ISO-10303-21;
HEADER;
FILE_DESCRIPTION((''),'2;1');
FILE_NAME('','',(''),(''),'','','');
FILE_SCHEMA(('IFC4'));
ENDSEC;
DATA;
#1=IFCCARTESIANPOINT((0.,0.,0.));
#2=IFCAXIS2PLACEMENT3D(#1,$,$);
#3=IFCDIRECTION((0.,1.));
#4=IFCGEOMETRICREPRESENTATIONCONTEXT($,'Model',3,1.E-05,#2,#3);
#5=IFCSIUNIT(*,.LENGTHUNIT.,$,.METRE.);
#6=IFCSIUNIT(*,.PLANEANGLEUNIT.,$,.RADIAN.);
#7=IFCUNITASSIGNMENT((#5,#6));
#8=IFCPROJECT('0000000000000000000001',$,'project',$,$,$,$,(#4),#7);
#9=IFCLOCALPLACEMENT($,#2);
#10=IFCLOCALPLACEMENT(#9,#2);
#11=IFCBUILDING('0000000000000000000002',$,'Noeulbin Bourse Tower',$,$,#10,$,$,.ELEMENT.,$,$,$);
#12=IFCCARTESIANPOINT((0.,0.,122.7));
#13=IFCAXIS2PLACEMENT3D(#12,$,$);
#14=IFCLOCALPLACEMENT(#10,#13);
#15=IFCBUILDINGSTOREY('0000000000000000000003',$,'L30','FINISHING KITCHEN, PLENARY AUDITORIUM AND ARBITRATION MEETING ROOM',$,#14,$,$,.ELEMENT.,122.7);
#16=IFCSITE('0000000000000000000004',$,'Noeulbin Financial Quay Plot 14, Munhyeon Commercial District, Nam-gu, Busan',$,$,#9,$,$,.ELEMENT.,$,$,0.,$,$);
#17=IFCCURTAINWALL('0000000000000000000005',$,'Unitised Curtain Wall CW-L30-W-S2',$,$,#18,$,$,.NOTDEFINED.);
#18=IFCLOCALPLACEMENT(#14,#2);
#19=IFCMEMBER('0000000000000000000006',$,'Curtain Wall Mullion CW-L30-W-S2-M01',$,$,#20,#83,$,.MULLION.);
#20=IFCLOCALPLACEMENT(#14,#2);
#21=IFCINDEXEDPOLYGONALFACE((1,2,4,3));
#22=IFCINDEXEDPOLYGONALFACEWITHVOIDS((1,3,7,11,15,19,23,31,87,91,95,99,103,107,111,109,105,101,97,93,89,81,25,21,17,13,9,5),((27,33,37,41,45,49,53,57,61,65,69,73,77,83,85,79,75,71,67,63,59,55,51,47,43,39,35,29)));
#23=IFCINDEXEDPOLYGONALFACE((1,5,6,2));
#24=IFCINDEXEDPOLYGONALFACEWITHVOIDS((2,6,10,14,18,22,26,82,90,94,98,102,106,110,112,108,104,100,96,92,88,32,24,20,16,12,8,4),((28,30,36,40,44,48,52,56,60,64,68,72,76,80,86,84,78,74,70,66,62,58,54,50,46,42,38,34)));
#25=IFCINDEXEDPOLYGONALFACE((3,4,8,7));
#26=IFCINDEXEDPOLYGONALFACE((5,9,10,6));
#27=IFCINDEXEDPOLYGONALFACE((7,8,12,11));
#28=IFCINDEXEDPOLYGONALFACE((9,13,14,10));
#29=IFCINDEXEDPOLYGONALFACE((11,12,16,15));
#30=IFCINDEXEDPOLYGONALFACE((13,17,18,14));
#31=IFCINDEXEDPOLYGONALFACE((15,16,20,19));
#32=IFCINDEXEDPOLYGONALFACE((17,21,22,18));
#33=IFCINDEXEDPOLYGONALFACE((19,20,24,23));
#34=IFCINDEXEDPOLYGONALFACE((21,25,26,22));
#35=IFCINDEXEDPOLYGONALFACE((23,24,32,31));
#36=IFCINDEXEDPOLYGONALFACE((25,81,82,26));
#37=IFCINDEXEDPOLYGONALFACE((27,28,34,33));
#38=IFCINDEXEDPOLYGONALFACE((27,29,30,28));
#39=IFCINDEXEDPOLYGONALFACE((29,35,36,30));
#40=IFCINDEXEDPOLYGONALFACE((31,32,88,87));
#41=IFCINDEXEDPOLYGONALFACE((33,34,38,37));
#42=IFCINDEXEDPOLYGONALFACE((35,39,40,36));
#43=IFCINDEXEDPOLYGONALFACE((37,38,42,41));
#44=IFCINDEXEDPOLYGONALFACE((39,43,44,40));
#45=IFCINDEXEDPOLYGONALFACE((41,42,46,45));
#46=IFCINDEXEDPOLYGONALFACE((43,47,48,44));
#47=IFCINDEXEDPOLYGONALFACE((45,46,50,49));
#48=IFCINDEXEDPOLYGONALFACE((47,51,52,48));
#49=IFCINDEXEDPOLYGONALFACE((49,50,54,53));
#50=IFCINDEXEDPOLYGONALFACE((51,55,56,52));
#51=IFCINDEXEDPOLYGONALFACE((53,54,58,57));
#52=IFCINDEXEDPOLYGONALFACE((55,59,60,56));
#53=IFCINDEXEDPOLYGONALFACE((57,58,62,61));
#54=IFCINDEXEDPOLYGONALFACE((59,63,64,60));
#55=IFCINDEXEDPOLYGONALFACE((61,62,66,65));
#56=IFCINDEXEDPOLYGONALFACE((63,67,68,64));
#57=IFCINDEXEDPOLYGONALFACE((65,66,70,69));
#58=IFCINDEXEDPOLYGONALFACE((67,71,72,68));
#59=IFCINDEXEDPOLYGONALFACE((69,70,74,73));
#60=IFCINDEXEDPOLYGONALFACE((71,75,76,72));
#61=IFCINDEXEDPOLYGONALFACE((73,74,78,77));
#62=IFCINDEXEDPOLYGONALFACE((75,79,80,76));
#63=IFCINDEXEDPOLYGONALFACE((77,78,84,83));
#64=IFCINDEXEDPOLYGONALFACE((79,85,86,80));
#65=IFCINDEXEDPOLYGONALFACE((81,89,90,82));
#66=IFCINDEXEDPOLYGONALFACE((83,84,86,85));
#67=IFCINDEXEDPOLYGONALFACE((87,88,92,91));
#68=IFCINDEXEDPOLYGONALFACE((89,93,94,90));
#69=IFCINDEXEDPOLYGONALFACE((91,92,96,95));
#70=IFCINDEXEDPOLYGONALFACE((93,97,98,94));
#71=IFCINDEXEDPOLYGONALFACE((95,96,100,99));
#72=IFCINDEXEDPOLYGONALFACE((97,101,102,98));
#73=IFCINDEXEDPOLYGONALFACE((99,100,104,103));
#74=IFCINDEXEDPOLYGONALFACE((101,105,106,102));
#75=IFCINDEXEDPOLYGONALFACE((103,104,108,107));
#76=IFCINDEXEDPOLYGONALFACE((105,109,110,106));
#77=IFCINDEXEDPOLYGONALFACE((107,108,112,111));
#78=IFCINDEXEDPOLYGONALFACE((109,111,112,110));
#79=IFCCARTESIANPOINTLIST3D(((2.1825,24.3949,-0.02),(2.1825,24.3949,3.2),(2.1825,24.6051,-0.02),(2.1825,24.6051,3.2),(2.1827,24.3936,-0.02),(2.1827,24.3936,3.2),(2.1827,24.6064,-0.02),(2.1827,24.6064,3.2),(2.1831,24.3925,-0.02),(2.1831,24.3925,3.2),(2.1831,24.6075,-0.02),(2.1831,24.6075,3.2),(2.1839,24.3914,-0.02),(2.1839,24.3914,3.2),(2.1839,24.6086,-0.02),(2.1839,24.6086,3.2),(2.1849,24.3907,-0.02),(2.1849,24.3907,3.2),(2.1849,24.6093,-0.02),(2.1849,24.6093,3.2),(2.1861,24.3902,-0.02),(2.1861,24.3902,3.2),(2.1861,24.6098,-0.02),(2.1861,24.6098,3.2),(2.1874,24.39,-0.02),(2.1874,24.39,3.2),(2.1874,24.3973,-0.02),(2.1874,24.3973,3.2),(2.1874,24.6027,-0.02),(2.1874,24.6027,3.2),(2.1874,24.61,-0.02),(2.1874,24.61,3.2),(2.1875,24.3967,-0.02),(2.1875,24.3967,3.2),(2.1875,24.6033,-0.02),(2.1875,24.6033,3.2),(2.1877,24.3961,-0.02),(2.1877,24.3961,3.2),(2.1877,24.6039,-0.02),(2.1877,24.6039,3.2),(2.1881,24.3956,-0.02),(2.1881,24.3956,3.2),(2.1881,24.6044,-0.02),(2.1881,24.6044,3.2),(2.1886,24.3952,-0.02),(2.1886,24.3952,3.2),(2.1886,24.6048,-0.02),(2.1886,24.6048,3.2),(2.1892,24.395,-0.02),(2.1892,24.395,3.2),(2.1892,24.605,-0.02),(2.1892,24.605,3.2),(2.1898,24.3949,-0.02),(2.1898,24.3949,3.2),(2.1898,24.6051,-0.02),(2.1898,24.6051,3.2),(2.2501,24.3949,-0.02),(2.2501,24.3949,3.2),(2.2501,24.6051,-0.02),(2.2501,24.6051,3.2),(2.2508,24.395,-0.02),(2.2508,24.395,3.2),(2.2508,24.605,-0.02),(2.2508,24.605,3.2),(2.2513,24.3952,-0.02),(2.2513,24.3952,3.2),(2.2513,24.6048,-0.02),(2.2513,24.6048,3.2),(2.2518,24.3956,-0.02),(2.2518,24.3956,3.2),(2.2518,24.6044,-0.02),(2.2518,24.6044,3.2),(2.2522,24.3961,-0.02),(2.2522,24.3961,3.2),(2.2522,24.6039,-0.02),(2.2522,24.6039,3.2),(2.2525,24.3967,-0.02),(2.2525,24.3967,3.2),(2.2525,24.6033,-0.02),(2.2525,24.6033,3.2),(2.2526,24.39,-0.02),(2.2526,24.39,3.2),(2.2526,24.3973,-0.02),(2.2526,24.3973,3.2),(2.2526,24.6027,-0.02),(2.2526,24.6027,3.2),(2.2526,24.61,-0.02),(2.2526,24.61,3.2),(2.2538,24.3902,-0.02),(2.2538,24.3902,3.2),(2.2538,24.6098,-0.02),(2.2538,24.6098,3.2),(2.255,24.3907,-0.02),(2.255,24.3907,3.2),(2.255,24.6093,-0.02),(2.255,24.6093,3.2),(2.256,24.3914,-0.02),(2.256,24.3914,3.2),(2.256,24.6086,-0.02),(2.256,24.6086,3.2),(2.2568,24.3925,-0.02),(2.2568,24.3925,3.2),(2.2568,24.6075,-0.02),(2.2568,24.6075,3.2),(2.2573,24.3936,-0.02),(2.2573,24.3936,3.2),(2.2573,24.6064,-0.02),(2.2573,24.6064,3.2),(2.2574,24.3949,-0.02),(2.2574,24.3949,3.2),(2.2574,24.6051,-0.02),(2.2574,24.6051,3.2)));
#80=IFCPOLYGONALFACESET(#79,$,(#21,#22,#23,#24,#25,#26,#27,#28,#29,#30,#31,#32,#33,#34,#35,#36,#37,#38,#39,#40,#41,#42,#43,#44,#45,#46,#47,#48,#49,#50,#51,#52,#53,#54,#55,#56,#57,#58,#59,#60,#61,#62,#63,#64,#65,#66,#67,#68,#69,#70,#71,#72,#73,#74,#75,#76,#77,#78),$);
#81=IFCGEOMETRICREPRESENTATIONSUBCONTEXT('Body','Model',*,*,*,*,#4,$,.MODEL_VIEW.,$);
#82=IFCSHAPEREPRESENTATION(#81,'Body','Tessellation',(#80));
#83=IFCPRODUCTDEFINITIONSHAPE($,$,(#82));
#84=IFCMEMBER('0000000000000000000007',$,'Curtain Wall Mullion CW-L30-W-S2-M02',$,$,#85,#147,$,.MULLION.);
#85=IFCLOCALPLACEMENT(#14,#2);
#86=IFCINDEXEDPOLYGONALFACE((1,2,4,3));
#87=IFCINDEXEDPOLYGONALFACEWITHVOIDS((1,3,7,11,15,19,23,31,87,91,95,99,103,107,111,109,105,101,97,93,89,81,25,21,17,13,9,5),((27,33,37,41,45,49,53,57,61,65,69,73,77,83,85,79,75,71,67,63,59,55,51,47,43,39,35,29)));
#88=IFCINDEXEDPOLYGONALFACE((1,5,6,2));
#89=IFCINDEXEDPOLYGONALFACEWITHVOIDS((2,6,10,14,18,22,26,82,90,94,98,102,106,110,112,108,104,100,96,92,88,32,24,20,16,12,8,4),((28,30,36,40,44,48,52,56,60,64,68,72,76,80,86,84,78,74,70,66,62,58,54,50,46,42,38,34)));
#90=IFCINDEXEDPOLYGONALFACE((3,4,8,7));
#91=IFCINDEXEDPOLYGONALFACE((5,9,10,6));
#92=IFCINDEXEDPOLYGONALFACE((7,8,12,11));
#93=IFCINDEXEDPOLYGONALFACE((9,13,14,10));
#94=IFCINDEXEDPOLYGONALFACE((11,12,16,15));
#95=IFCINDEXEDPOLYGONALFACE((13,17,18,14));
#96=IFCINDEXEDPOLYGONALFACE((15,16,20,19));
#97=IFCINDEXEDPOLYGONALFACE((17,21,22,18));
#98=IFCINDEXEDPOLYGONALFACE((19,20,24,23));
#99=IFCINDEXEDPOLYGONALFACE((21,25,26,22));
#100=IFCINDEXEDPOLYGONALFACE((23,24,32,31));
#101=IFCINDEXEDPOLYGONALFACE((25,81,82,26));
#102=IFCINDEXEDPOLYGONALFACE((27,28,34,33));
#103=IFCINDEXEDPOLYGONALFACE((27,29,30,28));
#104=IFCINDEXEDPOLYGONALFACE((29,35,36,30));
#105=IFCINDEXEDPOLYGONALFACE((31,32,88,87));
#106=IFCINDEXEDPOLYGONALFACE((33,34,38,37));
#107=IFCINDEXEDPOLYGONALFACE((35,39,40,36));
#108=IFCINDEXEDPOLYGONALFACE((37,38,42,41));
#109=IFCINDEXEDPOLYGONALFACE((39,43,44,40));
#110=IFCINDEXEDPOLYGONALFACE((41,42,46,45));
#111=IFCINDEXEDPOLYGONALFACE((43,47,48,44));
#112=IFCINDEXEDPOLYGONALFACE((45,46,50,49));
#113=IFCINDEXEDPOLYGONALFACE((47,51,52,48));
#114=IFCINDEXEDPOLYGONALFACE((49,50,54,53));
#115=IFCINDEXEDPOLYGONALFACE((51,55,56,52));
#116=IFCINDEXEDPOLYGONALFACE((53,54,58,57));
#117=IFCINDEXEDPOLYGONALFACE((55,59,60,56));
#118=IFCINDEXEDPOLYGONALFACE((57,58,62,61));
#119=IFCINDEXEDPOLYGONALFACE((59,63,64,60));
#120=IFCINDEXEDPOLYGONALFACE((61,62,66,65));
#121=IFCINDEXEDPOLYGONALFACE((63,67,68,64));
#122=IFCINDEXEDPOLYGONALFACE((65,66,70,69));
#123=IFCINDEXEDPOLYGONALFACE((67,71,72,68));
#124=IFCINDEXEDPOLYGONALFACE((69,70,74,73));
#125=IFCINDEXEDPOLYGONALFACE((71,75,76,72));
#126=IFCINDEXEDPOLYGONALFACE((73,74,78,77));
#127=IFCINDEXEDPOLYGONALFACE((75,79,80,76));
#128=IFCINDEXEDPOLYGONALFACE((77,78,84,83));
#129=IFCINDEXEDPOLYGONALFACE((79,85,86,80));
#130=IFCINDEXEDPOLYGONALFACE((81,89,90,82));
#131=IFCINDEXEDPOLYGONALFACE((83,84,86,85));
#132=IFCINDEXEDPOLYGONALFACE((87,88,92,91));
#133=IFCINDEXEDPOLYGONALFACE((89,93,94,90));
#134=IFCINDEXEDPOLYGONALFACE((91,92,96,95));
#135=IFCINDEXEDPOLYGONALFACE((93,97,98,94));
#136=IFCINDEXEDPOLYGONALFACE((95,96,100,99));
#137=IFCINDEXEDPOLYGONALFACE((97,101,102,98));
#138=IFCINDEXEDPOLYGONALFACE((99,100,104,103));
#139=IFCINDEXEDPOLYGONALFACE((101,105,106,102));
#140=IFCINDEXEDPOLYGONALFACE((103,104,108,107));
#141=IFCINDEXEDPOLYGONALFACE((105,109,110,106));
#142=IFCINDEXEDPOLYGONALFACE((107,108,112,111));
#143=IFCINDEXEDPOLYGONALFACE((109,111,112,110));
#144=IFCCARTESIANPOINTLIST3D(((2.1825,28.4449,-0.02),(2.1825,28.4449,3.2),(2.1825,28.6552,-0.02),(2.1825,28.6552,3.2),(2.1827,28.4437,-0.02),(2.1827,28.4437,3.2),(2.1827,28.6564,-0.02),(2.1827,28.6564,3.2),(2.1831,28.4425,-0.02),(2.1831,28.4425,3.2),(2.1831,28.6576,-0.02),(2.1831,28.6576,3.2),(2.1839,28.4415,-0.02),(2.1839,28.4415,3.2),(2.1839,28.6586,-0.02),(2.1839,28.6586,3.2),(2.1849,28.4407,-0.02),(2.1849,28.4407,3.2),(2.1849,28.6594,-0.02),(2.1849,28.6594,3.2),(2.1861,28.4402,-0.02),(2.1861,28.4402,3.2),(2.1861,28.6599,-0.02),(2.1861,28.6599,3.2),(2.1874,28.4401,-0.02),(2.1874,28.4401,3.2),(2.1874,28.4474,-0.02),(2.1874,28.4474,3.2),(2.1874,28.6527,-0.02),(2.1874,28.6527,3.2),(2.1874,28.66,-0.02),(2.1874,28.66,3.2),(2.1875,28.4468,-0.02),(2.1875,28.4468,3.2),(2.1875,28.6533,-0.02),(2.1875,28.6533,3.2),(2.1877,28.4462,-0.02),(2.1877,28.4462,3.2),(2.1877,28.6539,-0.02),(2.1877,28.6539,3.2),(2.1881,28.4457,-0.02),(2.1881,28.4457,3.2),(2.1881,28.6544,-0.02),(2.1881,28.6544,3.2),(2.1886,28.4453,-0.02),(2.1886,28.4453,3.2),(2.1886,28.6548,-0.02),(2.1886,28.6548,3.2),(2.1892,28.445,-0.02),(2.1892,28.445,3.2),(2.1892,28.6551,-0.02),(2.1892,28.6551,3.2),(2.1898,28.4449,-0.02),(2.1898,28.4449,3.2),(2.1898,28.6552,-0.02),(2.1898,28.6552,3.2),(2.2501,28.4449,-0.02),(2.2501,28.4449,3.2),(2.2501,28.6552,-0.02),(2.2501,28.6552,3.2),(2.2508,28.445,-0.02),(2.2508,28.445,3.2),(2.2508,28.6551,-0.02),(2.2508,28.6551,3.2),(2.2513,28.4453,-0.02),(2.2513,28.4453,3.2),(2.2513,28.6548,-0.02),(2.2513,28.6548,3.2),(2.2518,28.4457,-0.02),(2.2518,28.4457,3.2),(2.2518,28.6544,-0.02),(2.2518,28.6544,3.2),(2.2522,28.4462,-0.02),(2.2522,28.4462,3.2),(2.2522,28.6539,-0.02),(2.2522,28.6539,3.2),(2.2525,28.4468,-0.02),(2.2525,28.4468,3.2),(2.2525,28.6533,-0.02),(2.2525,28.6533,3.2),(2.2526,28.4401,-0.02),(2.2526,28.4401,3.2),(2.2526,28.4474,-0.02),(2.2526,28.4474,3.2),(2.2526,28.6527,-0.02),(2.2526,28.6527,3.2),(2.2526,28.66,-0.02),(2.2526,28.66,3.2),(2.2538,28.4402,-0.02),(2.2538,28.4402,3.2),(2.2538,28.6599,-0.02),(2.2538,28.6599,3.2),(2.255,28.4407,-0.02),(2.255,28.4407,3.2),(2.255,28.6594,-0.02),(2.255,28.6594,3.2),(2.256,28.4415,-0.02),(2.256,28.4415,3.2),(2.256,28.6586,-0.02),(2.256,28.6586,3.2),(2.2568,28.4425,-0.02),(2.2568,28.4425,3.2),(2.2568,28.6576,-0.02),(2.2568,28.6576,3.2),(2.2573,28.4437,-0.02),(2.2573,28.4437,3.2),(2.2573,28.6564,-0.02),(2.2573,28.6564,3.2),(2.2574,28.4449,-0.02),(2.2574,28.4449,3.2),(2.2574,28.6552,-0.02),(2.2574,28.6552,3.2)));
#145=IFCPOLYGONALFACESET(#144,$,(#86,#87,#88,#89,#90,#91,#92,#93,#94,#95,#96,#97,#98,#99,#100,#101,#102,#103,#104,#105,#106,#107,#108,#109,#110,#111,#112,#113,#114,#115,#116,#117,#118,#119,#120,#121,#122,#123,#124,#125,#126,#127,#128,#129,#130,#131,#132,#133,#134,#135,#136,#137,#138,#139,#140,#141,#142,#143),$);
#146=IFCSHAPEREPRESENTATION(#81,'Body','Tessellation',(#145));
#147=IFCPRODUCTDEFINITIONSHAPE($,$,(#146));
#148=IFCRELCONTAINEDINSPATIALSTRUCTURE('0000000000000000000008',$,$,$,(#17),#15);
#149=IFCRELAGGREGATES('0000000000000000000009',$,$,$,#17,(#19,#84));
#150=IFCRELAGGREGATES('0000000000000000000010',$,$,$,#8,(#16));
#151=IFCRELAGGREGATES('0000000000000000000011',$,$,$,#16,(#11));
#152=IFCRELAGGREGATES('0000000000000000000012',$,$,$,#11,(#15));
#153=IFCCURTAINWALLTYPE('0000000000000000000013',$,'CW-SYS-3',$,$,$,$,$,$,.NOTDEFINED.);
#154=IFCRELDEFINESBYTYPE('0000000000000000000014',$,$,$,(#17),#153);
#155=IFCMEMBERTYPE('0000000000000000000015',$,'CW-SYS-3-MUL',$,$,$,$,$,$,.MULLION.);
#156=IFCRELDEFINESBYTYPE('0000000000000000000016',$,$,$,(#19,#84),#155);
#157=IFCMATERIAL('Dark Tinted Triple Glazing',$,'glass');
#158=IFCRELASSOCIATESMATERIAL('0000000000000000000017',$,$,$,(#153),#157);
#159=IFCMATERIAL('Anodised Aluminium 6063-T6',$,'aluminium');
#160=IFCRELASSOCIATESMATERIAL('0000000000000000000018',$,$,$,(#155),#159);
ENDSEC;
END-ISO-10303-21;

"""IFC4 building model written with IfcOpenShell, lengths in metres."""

from ifc_helpers import new_model, si_unit, direction, frame, origin, origin_2d, place, context, subcontext, project, spatial, hollow_rectangle, extrude, material, material_profile, profile_set, type_object, element, aggregate, save


model = new_model("IFC4")

# Units and contexts
model_context = context("Model", 3, precision=1e-05, world=origin(), true_north=direction((0.0, 1.0)))
body_context = subcontext(model_context, "Body", "Model", "MODEL_VIEW")
ifc_project = project(units=[si_unit("LENGTHUNIT", "METRE"), si_unit("PLANEANGLEUNIT", "RADIAN")], contexts=[model_context])

# Site, building, storey
site_placement = place(None, origin())
site = spatial("IfcSite", under=ifc_project, at=site_placement, Name="Noeulbin Financial Quay Plot 14, Munhyeon Commercial District, Nam-gu, Busan", CompositionType="ELEMENT", RefElevation=0.0)
building_placement = place(site_placement, origin())
building = spatial("IfcBuilding", under=site, at=building_placement, Name="Noeulbin Bourse Tower", CompositionType="ELEMENT")
storey_placement = place(building_placement, frame((0.0, 0.0, 122.7)))
storey = spatial("IfcBuildingStorey", under=building, at=storey_placement, Name="L30", Description="FINISHING KITCHEN, PLENARY AUDITORIUM AND ARBITRATION MEETING ROOM", CompositionType="ELEMENT", Elevation=122.7)

# Curtain wall, members
ifc_material_1 = material(Name="Dark Tinted Triple Glazing", Category="glass")
curtain_wall_type = type_object("IfcCurtainWallType", Name="CW-SYS-3", PredefinedType="NOTDEFINED", material=ifc_material_1)
curtain_wall_placement = place(storey_placement, origin())
curtain_wall = element("IfcCurtainWall", 1, at=curtain_wall_placement, inside=storey, type_object=curtain_wall_type, Name="Unitised Curtain Wall CW-L30-W-S2", PredefinedType="NOTDEFINED")
ifc_material_2 = material(Name="Anodised Aluminium 6063-T6", Category="aluminium")
ifc_material_profile_1 = material_profile(ifc_material_2, hollow_rectangle(XDim=0.075, YDim=0.22, WallThickness=0.0049, InnerFilletRadius=0.0024, OuterFilletRadius=0.0049, at=origin_2d()), Name="ALU-MULL-75x220x5", Category="LoadBearing")
ifc_profile_set_1 = profile_set([ifc_material_profile_1], Name="Anodised Aluminium 6063-T6")
member_type_1 = type_object("IfcMemberType", Name="CW-SYS-3-MUL", PredefinedType="MULLION", material=ifc_profile_set_1)
member_1_placement = place(storey_placement, frame((2.22, 24.5, -0.02), z_axis=(0.0, 0.0, 1.0), x_axis=(1.0, 0.0, 0.0)))
member_1 = element("IfcMember", 2, at=member_1_placement, type_object=member_type_1, Name="Curtain Wall Mullion CW-L30-W-S2-M01", PredefinedType="MULLION", context=body_context, shape_type="SweptSolid", body=[
    extrude(hollow_rectangle(XDim=0.075, YDim=0.22, WallThickness=0.0049, InnerFilletRadius=0.0024, OuterFilletRadius=0.0049, at=origin_2d()), origin(), (0.0, 0.0, 1.0), 3.22),
])
member_2_placement = place(storey_placement, frame((2.22, 28.55, -0.02), z_axis=(0.0, 0.0, 1.0), x_axis=(1.0, 0.0, 0.0)))
member_2 = element("IfcMember", 3, at=member_2_placement, type_object=member_type_1, Name="Curtain Wall Mullion CW-L30-W-S2-M02", PredefinedType="MULLION", context=body_context, shape_type="SweptSolid", body=[
    extrude(hollow_rectangle(XDim=0.075, YDim=0.22, WallThickness=0.0049, InnerFilletRadius=0.0024, OuterFilletRadius=0.0049, at=origin_2d()), origin(), (0.0, 0.0, 1.0), 3.22),
])
aggregate(curtain_wall, [member_1, member_2])

save(model, "model.ifc")
